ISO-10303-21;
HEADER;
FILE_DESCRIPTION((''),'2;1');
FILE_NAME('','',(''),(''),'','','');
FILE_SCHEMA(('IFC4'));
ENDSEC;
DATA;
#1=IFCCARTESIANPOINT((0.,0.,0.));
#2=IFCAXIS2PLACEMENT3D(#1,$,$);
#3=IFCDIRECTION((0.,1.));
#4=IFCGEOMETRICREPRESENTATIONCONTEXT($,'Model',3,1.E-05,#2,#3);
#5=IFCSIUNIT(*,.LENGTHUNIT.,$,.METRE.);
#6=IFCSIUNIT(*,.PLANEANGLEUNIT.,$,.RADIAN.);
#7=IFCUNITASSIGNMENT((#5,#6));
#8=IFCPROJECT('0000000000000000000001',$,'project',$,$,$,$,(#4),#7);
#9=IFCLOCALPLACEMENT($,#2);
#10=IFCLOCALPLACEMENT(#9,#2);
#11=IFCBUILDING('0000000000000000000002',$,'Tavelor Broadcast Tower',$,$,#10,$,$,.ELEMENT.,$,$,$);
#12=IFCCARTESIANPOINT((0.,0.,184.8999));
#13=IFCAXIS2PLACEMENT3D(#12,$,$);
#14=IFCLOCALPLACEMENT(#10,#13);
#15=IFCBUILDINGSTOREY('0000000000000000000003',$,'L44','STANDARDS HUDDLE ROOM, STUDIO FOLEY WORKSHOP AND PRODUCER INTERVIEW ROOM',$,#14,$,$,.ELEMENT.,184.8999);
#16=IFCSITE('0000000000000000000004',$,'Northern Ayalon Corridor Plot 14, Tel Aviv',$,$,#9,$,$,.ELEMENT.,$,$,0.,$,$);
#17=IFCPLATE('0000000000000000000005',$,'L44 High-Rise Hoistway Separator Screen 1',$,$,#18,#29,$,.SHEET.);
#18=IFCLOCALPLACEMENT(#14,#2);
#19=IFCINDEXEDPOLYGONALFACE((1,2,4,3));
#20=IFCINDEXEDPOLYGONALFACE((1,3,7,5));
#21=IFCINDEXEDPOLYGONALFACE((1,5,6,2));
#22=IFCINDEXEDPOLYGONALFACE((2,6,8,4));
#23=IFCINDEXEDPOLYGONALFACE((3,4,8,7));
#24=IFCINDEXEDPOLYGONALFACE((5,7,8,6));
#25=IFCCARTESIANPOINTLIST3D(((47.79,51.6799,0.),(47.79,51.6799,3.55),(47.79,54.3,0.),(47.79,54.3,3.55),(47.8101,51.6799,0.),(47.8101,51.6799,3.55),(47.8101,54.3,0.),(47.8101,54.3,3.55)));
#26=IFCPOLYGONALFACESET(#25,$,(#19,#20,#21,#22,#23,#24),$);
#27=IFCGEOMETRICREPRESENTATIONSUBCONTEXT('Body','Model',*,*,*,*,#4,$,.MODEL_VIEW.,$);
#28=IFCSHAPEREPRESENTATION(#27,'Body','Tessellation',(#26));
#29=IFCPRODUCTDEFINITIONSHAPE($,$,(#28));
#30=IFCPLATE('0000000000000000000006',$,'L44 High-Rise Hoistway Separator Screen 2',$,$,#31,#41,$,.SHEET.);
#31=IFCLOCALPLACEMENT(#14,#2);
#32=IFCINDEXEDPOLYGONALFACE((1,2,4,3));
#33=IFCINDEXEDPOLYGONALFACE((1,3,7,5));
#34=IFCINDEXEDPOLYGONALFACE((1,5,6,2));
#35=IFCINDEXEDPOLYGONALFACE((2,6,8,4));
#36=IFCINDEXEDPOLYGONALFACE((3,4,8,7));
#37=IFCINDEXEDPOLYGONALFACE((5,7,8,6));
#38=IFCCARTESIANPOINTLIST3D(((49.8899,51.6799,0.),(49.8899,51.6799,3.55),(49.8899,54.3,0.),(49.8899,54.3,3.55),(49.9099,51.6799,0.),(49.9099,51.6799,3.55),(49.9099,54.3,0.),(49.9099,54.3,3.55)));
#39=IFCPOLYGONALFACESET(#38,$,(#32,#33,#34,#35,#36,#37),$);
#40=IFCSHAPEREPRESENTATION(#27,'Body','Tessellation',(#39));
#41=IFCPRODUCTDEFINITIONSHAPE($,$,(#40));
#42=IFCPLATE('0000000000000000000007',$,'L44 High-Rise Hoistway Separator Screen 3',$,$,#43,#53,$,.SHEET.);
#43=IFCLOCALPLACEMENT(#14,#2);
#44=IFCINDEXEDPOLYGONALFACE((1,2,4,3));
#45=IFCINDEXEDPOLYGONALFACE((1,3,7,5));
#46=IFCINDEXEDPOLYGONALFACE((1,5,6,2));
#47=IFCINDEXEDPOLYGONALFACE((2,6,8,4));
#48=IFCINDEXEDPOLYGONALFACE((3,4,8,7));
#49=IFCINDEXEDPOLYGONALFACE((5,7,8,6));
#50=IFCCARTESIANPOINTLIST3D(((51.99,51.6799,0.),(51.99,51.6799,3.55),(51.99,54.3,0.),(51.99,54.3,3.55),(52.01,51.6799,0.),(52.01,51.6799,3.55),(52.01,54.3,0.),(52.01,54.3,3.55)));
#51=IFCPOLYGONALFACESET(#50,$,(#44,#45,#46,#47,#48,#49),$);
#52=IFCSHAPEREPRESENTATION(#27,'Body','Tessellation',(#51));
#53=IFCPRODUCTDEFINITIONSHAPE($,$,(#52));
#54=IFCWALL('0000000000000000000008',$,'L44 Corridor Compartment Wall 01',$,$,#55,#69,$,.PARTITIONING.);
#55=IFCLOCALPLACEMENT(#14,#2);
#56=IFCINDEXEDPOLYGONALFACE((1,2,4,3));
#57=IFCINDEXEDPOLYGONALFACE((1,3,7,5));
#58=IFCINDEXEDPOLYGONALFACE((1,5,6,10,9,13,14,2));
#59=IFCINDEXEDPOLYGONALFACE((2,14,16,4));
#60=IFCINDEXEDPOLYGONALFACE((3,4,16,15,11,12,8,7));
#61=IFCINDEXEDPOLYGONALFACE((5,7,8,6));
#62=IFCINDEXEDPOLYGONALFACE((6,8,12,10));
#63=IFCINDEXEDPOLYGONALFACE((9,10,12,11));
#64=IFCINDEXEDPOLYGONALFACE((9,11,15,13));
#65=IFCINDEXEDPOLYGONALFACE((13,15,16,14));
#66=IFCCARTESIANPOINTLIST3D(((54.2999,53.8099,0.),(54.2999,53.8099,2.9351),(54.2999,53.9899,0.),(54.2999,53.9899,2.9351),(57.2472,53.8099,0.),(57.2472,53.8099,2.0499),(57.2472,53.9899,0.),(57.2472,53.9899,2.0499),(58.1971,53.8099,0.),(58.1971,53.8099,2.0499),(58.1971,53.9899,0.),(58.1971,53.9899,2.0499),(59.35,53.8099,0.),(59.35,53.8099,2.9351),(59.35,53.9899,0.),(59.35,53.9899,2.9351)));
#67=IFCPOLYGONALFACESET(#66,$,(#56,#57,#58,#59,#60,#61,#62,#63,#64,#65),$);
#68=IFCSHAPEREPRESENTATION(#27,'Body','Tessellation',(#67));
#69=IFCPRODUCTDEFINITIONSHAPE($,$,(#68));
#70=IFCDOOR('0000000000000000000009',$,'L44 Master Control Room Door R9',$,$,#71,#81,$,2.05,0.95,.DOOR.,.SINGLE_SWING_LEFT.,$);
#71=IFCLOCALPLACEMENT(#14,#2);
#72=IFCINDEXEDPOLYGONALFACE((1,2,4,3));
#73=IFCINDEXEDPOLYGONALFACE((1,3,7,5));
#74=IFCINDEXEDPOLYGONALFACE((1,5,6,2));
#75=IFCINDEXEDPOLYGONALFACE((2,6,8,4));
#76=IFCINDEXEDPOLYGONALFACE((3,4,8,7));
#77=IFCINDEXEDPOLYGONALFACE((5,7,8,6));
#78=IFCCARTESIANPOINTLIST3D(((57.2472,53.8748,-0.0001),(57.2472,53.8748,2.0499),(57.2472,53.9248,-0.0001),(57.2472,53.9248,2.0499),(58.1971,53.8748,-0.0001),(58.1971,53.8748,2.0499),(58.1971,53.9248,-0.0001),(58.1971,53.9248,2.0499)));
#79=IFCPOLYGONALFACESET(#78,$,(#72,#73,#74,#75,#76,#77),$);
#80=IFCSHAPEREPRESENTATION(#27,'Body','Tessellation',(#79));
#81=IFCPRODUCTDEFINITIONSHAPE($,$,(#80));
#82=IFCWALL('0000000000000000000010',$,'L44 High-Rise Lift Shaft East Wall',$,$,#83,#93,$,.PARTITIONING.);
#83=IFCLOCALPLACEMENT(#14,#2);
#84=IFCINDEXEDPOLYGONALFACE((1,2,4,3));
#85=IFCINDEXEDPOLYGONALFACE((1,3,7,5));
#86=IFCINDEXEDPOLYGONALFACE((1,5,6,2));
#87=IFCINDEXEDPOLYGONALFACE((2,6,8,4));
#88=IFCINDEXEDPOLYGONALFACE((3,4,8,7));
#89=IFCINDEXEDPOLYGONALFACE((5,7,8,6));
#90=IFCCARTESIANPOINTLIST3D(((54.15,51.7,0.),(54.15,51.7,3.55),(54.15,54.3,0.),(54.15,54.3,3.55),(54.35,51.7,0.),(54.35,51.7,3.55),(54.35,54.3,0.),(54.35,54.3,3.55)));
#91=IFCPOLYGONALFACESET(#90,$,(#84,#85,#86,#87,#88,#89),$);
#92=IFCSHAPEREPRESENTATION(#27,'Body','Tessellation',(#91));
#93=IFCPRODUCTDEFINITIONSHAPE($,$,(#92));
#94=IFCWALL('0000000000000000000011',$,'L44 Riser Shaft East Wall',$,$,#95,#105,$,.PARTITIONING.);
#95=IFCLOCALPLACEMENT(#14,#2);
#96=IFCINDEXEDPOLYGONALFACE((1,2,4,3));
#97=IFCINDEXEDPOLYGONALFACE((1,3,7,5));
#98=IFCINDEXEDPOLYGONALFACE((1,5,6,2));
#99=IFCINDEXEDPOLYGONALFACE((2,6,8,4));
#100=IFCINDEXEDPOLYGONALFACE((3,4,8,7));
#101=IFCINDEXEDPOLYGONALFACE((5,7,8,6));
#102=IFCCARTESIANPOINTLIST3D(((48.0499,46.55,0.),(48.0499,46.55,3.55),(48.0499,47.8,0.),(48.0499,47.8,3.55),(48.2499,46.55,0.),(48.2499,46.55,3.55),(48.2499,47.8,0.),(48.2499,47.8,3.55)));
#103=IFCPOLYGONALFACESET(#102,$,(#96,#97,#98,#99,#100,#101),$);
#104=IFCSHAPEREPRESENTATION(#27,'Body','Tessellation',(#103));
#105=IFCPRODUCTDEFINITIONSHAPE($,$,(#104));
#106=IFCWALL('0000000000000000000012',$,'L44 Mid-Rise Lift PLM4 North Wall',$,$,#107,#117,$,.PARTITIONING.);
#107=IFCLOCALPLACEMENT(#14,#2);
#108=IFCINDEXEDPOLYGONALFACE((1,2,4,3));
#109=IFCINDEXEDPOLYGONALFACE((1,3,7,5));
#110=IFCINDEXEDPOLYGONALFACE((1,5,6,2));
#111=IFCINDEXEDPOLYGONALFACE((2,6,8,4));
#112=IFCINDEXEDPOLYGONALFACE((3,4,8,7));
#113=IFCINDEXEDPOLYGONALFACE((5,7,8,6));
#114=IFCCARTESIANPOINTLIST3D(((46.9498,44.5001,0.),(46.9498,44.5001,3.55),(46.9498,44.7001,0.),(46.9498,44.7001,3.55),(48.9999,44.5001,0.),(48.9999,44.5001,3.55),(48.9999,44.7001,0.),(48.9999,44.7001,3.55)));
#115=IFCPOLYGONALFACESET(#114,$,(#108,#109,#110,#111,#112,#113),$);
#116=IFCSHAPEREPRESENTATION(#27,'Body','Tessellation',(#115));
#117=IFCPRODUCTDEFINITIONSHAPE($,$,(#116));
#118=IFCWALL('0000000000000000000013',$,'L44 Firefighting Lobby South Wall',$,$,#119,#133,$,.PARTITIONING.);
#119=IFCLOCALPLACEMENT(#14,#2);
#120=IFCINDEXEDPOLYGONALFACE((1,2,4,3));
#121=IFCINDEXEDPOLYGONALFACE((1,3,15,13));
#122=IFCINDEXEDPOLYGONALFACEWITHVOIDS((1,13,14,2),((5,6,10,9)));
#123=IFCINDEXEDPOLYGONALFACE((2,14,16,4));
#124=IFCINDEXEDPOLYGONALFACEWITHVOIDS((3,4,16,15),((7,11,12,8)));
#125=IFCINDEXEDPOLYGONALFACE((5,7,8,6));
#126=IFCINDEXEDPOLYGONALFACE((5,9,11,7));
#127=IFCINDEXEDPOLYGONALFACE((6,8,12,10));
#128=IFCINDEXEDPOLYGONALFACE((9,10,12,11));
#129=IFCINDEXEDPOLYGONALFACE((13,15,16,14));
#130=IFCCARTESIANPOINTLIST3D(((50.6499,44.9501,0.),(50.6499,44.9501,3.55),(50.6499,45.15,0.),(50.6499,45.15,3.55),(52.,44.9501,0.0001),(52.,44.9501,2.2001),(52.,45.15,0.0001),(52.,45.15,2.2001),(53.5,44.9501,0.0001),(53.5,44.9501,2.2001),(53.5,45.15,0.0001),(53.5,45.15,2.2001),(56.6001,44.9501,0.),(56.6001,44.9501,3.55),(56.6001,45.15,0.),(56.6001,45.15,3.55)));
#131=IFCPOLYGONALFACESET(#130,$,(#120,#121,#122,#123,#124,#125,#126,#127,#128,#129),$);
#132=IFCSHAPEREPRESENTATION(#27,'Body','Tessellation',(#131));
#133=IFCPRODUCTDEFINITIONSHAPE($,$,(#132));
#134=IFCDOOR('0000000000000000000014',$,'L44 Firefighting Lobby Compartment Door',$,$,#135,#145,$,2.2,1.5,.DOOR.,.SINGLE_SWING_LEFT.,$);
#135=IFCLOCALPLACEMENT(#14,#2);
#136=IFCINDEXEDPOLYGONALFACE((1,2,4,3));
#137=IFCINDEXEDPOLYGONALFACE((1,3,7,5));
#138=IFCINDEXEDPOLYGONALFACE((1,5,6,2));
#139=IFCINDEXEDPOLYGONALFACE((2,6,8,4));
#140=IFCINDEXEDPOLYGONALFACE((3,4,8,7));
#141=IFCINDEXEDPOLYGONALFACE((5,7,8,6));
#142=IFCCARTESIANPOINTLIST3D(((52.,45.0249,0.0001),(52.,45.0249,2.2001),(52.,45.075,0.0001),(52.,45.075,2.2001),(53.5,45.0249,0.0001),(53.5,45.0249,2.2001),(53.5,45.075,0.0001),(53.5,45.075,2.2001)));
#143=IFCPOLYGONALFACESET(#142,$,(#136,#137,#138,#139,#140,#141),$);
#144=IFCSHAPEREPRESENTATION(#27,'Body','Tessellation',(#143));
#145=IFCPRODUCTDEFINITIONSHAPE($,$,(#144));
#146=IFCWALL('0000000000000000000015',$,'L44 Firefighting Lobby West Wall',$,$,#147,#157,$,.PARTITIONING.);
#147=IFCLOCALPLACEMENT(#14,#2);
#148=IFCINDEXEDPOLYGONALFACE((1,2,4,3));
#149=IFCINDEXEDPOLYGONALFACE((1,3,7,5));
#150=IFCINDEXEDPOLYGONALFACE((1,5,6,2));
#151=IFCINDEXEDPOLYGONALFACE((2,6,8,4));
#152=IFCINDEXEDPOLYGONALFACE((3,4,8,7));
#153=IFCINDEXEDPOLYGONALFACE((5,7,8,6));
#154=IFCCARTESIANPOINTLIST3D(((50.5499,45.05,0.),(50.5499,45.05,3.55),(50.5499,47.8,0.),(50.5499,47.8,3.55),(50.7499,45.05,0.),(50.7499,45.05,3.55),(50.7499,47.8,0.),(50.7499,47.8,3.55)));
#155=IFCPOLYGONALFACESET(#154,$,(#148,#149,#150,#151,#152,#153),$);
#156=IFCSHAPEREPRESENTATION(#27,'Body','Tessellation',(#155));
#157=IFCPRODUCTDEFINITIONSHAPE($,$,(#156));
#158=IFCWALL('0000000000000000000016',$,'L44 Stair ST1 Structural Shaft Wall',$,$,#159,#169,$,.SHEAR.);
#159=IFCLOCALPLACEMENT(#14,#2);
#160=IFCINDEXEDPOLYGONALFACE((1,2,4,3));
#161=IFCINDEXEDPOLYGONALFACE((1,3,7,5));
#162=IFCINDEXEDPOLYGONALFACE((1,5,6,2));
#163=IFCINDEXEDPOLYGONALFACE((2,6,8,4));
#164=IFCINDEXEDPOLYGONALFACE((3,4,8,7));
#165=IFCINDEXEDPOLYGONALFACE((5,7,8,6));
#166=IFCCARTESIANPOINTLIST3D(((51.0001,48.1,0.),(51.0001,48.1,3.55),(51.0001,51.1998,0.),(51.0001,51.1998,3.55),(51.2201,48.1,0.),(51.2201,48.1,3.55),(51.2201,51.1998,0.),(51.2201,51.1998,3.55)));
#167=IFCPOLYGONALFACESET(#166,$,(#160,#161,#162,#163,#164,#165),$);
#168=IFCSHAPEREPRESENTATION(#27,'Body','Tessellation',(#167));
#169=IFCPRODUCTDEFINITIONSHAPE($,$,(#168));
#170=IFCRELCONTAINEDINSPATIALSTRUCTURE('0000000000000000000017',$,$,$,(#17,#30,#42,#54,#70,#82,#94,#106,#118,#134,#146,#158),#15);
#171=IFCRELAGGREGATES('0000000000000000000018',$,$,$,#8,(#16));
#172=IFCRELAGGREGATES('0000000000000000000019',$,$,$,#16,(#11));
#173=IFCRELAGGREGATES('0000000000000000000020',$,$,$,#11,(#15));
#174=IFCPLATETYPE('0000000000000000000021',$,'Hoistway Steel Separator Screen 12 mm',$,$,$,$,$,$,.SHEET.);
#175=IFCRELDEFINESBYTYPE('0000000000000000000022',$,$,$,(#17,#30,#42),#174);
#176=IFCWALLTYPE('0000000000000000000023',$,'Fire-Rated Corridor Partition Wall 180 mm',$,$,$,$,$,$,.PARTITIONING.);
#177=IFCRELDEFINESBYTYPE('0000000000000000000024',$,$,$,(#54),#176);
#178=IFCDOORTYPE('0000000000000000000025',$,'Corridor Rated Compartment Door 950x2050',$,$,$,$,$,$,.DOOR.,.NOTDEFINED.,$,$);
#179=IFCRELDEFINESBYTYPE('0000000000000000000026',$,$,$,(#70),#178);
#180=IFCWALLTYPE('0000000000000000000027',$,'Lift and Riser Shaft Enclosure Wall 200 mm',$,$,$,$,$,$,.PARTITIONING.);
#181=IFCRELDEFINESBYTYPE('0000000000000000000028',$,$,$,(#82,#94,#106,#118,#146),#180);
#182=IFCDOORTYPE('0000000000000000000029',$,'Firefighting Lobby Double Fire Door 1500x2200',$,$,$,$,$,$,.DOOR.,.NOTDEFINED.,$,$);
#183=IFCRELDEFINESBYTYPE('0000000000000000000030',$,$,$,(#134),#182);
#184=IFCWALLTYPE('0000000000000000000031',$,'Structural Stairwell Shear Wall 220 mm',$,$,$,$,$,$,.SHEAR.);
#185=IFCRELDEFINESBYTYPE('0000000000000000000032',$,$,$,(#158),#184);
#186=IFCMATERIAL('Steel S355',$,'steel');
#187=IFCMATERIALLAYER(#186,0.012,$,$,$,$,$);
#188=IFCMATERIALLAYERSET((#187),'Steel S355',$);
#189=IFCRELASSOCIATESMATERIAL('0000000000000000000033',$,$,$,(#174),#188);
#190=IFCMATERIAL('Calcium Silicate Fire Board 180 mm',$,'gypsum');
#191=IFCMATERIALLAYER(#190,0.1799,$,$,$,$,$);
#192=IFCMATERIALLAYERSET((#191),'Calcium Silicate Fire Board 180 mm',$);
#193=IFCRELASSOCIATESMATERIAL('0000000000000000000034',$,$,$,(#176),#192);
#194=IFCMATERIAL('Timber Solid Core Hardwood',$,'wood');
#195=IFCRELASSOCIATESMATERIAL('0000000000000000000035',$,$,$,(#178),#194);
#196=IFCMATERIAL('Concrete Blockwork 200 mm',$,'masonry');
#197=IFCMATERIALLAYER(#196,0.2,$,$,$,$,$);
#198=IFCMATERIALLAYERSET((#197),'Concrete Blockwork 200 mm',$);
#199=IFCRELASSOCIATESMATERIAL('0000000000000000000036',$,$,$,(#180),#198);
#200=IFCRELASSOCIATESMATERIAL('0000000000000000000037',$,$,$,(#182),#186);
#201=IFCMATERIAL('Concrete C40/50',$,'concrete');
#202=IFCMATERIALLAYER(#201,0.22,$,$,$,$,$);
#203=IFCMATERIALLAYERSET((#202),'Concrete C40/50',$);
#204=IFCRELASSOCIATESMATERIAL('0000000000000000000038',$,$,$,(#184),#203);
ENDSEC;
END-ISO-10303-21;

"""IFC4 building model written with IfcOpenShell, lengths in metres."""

from ifc_helpers import new_model, si_unit, direction, frame, frame_2d, origin, origin_2d, place, context, subcontext, project, spatial, rectangle, extrude, source, transform, mapped, material, layer, layer_set, type_object, type_shapes, element, fill, save


model = new_model("IFC4")

# Units and contexts
model_context = context("Model", 3, precision=1e-05, world=origin(), true_north=direction((0.0, 1.0)))
body_context = subcontext(model_context, "Body", "Model", "MODEL_VIEW")
ifc_project = project(units=[si_unit("LENGTHUNIT", "METRE"), si_unit("PLANEANGLEUNIT", "RADIAN")], contexts=[model_context])

# Site, building, storey
site_placement = place(None, origin())
site = spatial("IfcSite", under=ifc_project, at=site_placement, Name="Northern Ayalon Corridor Plot 14, Tel Aviv", CompositionType="ELEMENT", RefElevation=0.0)
building_placement = place(site_placement, origin())
building = spatial("IfcBuilding", under=site, at=building_placement, Name="Tavelor Broadcast Tower", CompositionType="ELEMENT")
storey_placement = place(building_placement, frame((0.0, 0.0, 184.8999)))
storey = spatial("IfcBuildingStorey", under=building, at=storey_placement, Name="L44", Description="STANDARDS HUDDLE ROOM, STUDIO FOLEY WORKSHOP AND PRODUCER INTERVIEW ROOM", CompositionType="ELEMENT", Elevation=184.8999)

# Shared definitions
ifc_material_1 = material(Name="Concrete C40/50", Category="concrete")
ifc_material_2 = material(Name="Steel S355", Category="steel")

# Plates
ifc_layer_1 = layer(ifc_material_2, 0.012)
ifc_layer_set_1 = layer_set([ifc_layer_1], Name="Steel S355")
plate_type = type_object("IfcPlateType", Name="Hoistway Steel Separator Screen 12 mm", PredefinedType="SHEET", material=ifc_layer_set_1)
shared_shape = source(origin(), body_context, "Body", "SweptSolid", [
    extrude(rectangle(XDim=0.02, YDim=2.6201, at=origin_2d()), origin(), (0.0, 0.0, 1.0), 3.55),
])
type_shapes(plate_type, [shared_shape])
for number, where, z_axis, x_axis, name in (
    (1, (47.8, 52.99, 0.0), (0.0, 0.0, 1.0), (1.0, 0.0, 0.0), "L44 High-Rise Hoistway Separator Screen 1"),
    (2, (49.8999, 52.99, 0.0), (0.0, 0.0, 1.0), (1.0, 0.0, 0.0), "L44 High-Rise Hoistway Separator Screen 2"),
    (3, (52.0, 52.99, 0.0), (0.0, 0.0, 1.0), (1.0, 0.0, 0.0), "L44 High-Rise Hoistway Separator Screen 3"),
):
    element("IfcPlate", number, at=place(storey_placement, frame(where, z_axis=z_axis, x_axis=x_axis)), inside=storey, type_object=plate_type, Name=name, PredefinedType="SHEET", context=body_context, shape_type="MappedRepresentation", body=[
        mapped(shared_shape, transform((0.0, 0.0, 0.0), scale=1.0)),
    ])

# Wall, opening, door
ifc_material_3 = material(Name="Calcium Silicate Fire Board 180 mm", Category="gypsum")
ifc_layer_2 = layer(ifc_material_3, 0.1799)
ifc_layer_set_2 = layer_set([ifc_layer_2], Name="Calcium Silicate Fire Board 180 mm")
wall_type_1 = type_object("IfcWallType", Name="Fire-Rated Corridor Partition Wall 180 mm", PredefinedType="PARTITIONING", material=ifc_layer_set_2)
wall_1_placement = place(storey_placement, frame((54.3, 53.8999, 0.0), z_axis=(0.0, 0.0, 1.0), x_axis=(1.0, 0.0, 0.0)))
wall_1 = element("IfcWall", 4, at=wall_1_placement, inside=storey, type_object=wall_type_1, Name="L44 Corridor Compartment Wall 01", PredefinedType="PARTITIONING", context=body_context, shape_type="SweptSolid", body=[
    extrude(rectangle(XDim=5.05, YDim=0.1799, at=frame_2d((2.5249, 0.0))), origin(), (0.0, 0.0, 1.0), 2.9351),
])
opening_1_placement = place(wall_1_placement, frame((2.947, 0.0, 0.0)))
opening_1 = element("IfcOpeningElement", 5, at=opening_1_placement, cuts=wall_1, PredefinedType="OPENING", context=body_context, shape_type="SweptSolid", body=[
    extrude(rectangle(XDim=0.95, YDim=2.05, at=frame_2d((0.4751, 1.0249))), frame((0.0, 0.1001, 0.0), z_axis=(0.0, -1.0, 0.0), x_axis=(1.0, 0.0, 0.0)), (0.0, 0.0, 1.0), 0.2),
])
ifc_material_4 = material(Name="Timber Solid Core Hardwood", Category="wood")
door_type_1 = type_object("IfcDoorType", Name="Corridor Rated Compartment Door 950x2050", OperationType="NOTDEFINED", PredefinedType="DOOR", material=ifc_material_4)
door_1_placement = place(opening_1_placement, origin())
door_1 = element("IfcDoor", 6, at=door_1_placement, inside=storey, type_object=door_type_1, Name="L44 Master Control Room Door R9", OperationType="SINGLE_SWING_LEFT", OverallHeight=2.05, OverallWidth=0.95, PredefinedType="DOOR", context=body_context, shape_type="SweptSolid", body=[
    extrude(rectangle(XDim=0.95, YDim=2.05, at=frame_2d((0.4751, 1.0249))), frame((0.0, 0.0249, 0.0), z_axis=(0.0, -1.0, 0.0), x_axis=(1.0, 0.0, 0.0)), (0.0, 0.0, 1.0), 0.05),
])
fill(opening_1, door_1)

# Walls
ifc_material_5 = material(Name="Concrete Blockwork 200 mm", Category="masonry")
ifc_layer_3 = layer(ifc_material_5, 0.2)
ifc_layer_set_3 = layer_set([ifc_layer_3], Name="Concrete Blockwork 200 mm")
wall_type_2 = type_object("IfcWallType", Name="Lift and Riser Shaft Enclosure Wall 200 mm", PredefinedType="PARTITIONING", material=ifc_layer_set_3)
wall_2_placement = place(storey_placement, frame((54.25, 51.7, 0.0), z_axis=(0.0, 0.0, 1.0), x_axis=(0.0, 1.0, 0.0)))
element("IfcWall", 7, at=wall_2_placement, inside=storey, type_object=wall_type_2, Name="L44 High-Rise Lift Shaft East Wall", PredefinedType="PARTITIONING", context=body_context, shape_type="SweptSolid", body=[
    extrude(rectangle(XDim=2.6001, YDim=0.2, at=frame_2d((1.3, 0.0))), origin(), (0.0, 0.0, 1.0), 3.55),
])
wall_3_placement = place(storey_placement, frame((48.1499, 46.55, 0.0), z_axis=(0.0, 0.0, 1.0), x_axis=(0.0, 1.0, 0.0)))
element("IfcWall", 8, at=wall_3_placement, inside=storey, type_object=wall_type_2, Name="L44 Riser Shaft East Wall", PredefinedType="PARTITIONING", context=body_context, shape_type="SweptSolid", body=[
    extrude(rectangle(XDim=1.25, YDim=0.2, at=frame_2d((0.625, 0.0))), origin(), (0.0, 0.0, 1.0), 3.55),
])
wall_4_placement = place(storey_placement, frame((46.95, 44.6001, 0.0), z_axis=(0.0, 0.0, 1.0), x_axis=(1.0, 0.0, 0.0)))
element("IfcWall", 9, at=wall_4_placement, inside=storey, type_object=wall_type_2, Name="L44 Mid-Rise Lift PLM4 North Wall", PredefinedType="PARTITIONING", context=body_context, shape_type="SweptSolid", body=[
    extrude(rectangle(XDim=2.05, YDim=0.2, at=frame_2d((1.0249, 0.0))), origin(), (0.0, 0.0, 1.0), 3.55),
])

# Wall, opening, door
wall_5_placement = place(storey_placement, frame((50.6499, 45.05, 0.0), z_axis=(0.0, 0.0, 1.0), x_axis=(1.0, 0.0, 0.0)))
wall_5 = element("IfcWall", 10, at=wall_5_placement, inside=storey, type_object=wall_type_2, Name="L44 Firefighting Lobby South Wall", PredefinedType="PARTITIONING", context=body_context, shape_type="SweptSolid", body=[
    extrude(rectangle(XDim=5.9502, YDim=0.2, at=frame_2d((2.9751, 0.0))), origin(), (0.0, 0.0, 1.0), 3.55),
])
opening_2_placement = place(wall_5_placement, frame((1.3501, 0.0, 0.0)))
opening_2 = element("IfcOpeningElement", 11, at=opening_2_placement, cuts=wall_5, PredefinedType="OPENING", context=body_context, shape_type="SweptSolid", body=[
    extrude(rectangle(XDim=1.5, YDim=2.2, at=frame_2d((0.75, 1.1001))), frame((0.0, 0.1099, 0.0), z_axis=(0.0, -1.0, 0.0), x_axis=(1.0, 0.0, 0.0)), (0.0, 0.0, 1.0), 0.22),
])
door_type_2 = type_object("IfcDoorType", Name="Firefighting Lobby Double Fire Door 1500x2200", OperationType="NOTDEFINED", PredefinedType="DOOR", material=ifc_material_2)
door_2_placement = place(opening_2_placement, origin())
door_2 = element("IfcDoor", 12, at=door_2_placement, inside=storey, type_object=door_type_2, Name="L44 Firefighting Lobby Compartment Door", OperationType="SINGLE_SWING_LEFT", OverallHeight=2.2, OverallWidth=1.5, PredefinedType="DOOR", context=body_context, shape_type="SweptSolid", body=[
    extrude(rectangle(XDim=1.5, YDim=2.2, at=frame_2d((0.75, 1.1001))), frame((0.0, 0.0249, 0.0), z_axis=(0.0, -1.0, 0.0), x_axis=(1.0, 0.0, 0.0)), (0.0, 0.0, 1.0), 0.05),
])
fill(opening_2, door_2)

# Walls
wall_6_placement = place(storey_placement, frame((50.6499, 45.05, 0.0), z_axis=(0.0, 0.0, 1.0), x_axis=(0.0, 1.0, 0.0)))
element("IfcWall", 13, at=wall_6_placement, inside=storey, type_object=wall_type_2, Name="L44 Firefighting Lobby West Wall", PredefinedType="PARTITIONING", context=body_context, shape_type="SweptSolid", body=[
    extrude(rectangle(XDim=2.75, YDim=0.2, at=frame_2d((1.375, 0.0))), origin(), (0.0, 0.0, 1.0), 3.55),
])
ifc_layer_4 = layer(ifc_material_1, 0.22)
ifc_layer_set_4 = layer_set([ifc_layer_4], Name="Concrete C40/50")
wall_type_3 = type_object("IfcWallType", Name="Structural Stairwell Shear Wall 220 mm", PredefinedType="SHEAR", material=ifc_layer_set_4)
wall_7_placement = place(storey_placement, frame((51.1101, 48.1001, 0.0), z_axis=(0.0, 0.0, 1.0), x_axis=(0.0, 1.0, 0.0)))
element("IfcWall", 14, at=wall_7_placement, inside=storey, type_object=wall_type_3, Name="L44 Stair ST1 Structural Shaft Wall", PredefinedType="SHEAR", context=body_context, shape_type="SweptSolid", body=[
    extrude(rectangle(XDim=3.0999, YDim=0.22, at=frame_2d((1.5498, 0.0))), origin(), (0.0, 0.0, 1.0), 3.55),
])

save(model, "model.ifc")
